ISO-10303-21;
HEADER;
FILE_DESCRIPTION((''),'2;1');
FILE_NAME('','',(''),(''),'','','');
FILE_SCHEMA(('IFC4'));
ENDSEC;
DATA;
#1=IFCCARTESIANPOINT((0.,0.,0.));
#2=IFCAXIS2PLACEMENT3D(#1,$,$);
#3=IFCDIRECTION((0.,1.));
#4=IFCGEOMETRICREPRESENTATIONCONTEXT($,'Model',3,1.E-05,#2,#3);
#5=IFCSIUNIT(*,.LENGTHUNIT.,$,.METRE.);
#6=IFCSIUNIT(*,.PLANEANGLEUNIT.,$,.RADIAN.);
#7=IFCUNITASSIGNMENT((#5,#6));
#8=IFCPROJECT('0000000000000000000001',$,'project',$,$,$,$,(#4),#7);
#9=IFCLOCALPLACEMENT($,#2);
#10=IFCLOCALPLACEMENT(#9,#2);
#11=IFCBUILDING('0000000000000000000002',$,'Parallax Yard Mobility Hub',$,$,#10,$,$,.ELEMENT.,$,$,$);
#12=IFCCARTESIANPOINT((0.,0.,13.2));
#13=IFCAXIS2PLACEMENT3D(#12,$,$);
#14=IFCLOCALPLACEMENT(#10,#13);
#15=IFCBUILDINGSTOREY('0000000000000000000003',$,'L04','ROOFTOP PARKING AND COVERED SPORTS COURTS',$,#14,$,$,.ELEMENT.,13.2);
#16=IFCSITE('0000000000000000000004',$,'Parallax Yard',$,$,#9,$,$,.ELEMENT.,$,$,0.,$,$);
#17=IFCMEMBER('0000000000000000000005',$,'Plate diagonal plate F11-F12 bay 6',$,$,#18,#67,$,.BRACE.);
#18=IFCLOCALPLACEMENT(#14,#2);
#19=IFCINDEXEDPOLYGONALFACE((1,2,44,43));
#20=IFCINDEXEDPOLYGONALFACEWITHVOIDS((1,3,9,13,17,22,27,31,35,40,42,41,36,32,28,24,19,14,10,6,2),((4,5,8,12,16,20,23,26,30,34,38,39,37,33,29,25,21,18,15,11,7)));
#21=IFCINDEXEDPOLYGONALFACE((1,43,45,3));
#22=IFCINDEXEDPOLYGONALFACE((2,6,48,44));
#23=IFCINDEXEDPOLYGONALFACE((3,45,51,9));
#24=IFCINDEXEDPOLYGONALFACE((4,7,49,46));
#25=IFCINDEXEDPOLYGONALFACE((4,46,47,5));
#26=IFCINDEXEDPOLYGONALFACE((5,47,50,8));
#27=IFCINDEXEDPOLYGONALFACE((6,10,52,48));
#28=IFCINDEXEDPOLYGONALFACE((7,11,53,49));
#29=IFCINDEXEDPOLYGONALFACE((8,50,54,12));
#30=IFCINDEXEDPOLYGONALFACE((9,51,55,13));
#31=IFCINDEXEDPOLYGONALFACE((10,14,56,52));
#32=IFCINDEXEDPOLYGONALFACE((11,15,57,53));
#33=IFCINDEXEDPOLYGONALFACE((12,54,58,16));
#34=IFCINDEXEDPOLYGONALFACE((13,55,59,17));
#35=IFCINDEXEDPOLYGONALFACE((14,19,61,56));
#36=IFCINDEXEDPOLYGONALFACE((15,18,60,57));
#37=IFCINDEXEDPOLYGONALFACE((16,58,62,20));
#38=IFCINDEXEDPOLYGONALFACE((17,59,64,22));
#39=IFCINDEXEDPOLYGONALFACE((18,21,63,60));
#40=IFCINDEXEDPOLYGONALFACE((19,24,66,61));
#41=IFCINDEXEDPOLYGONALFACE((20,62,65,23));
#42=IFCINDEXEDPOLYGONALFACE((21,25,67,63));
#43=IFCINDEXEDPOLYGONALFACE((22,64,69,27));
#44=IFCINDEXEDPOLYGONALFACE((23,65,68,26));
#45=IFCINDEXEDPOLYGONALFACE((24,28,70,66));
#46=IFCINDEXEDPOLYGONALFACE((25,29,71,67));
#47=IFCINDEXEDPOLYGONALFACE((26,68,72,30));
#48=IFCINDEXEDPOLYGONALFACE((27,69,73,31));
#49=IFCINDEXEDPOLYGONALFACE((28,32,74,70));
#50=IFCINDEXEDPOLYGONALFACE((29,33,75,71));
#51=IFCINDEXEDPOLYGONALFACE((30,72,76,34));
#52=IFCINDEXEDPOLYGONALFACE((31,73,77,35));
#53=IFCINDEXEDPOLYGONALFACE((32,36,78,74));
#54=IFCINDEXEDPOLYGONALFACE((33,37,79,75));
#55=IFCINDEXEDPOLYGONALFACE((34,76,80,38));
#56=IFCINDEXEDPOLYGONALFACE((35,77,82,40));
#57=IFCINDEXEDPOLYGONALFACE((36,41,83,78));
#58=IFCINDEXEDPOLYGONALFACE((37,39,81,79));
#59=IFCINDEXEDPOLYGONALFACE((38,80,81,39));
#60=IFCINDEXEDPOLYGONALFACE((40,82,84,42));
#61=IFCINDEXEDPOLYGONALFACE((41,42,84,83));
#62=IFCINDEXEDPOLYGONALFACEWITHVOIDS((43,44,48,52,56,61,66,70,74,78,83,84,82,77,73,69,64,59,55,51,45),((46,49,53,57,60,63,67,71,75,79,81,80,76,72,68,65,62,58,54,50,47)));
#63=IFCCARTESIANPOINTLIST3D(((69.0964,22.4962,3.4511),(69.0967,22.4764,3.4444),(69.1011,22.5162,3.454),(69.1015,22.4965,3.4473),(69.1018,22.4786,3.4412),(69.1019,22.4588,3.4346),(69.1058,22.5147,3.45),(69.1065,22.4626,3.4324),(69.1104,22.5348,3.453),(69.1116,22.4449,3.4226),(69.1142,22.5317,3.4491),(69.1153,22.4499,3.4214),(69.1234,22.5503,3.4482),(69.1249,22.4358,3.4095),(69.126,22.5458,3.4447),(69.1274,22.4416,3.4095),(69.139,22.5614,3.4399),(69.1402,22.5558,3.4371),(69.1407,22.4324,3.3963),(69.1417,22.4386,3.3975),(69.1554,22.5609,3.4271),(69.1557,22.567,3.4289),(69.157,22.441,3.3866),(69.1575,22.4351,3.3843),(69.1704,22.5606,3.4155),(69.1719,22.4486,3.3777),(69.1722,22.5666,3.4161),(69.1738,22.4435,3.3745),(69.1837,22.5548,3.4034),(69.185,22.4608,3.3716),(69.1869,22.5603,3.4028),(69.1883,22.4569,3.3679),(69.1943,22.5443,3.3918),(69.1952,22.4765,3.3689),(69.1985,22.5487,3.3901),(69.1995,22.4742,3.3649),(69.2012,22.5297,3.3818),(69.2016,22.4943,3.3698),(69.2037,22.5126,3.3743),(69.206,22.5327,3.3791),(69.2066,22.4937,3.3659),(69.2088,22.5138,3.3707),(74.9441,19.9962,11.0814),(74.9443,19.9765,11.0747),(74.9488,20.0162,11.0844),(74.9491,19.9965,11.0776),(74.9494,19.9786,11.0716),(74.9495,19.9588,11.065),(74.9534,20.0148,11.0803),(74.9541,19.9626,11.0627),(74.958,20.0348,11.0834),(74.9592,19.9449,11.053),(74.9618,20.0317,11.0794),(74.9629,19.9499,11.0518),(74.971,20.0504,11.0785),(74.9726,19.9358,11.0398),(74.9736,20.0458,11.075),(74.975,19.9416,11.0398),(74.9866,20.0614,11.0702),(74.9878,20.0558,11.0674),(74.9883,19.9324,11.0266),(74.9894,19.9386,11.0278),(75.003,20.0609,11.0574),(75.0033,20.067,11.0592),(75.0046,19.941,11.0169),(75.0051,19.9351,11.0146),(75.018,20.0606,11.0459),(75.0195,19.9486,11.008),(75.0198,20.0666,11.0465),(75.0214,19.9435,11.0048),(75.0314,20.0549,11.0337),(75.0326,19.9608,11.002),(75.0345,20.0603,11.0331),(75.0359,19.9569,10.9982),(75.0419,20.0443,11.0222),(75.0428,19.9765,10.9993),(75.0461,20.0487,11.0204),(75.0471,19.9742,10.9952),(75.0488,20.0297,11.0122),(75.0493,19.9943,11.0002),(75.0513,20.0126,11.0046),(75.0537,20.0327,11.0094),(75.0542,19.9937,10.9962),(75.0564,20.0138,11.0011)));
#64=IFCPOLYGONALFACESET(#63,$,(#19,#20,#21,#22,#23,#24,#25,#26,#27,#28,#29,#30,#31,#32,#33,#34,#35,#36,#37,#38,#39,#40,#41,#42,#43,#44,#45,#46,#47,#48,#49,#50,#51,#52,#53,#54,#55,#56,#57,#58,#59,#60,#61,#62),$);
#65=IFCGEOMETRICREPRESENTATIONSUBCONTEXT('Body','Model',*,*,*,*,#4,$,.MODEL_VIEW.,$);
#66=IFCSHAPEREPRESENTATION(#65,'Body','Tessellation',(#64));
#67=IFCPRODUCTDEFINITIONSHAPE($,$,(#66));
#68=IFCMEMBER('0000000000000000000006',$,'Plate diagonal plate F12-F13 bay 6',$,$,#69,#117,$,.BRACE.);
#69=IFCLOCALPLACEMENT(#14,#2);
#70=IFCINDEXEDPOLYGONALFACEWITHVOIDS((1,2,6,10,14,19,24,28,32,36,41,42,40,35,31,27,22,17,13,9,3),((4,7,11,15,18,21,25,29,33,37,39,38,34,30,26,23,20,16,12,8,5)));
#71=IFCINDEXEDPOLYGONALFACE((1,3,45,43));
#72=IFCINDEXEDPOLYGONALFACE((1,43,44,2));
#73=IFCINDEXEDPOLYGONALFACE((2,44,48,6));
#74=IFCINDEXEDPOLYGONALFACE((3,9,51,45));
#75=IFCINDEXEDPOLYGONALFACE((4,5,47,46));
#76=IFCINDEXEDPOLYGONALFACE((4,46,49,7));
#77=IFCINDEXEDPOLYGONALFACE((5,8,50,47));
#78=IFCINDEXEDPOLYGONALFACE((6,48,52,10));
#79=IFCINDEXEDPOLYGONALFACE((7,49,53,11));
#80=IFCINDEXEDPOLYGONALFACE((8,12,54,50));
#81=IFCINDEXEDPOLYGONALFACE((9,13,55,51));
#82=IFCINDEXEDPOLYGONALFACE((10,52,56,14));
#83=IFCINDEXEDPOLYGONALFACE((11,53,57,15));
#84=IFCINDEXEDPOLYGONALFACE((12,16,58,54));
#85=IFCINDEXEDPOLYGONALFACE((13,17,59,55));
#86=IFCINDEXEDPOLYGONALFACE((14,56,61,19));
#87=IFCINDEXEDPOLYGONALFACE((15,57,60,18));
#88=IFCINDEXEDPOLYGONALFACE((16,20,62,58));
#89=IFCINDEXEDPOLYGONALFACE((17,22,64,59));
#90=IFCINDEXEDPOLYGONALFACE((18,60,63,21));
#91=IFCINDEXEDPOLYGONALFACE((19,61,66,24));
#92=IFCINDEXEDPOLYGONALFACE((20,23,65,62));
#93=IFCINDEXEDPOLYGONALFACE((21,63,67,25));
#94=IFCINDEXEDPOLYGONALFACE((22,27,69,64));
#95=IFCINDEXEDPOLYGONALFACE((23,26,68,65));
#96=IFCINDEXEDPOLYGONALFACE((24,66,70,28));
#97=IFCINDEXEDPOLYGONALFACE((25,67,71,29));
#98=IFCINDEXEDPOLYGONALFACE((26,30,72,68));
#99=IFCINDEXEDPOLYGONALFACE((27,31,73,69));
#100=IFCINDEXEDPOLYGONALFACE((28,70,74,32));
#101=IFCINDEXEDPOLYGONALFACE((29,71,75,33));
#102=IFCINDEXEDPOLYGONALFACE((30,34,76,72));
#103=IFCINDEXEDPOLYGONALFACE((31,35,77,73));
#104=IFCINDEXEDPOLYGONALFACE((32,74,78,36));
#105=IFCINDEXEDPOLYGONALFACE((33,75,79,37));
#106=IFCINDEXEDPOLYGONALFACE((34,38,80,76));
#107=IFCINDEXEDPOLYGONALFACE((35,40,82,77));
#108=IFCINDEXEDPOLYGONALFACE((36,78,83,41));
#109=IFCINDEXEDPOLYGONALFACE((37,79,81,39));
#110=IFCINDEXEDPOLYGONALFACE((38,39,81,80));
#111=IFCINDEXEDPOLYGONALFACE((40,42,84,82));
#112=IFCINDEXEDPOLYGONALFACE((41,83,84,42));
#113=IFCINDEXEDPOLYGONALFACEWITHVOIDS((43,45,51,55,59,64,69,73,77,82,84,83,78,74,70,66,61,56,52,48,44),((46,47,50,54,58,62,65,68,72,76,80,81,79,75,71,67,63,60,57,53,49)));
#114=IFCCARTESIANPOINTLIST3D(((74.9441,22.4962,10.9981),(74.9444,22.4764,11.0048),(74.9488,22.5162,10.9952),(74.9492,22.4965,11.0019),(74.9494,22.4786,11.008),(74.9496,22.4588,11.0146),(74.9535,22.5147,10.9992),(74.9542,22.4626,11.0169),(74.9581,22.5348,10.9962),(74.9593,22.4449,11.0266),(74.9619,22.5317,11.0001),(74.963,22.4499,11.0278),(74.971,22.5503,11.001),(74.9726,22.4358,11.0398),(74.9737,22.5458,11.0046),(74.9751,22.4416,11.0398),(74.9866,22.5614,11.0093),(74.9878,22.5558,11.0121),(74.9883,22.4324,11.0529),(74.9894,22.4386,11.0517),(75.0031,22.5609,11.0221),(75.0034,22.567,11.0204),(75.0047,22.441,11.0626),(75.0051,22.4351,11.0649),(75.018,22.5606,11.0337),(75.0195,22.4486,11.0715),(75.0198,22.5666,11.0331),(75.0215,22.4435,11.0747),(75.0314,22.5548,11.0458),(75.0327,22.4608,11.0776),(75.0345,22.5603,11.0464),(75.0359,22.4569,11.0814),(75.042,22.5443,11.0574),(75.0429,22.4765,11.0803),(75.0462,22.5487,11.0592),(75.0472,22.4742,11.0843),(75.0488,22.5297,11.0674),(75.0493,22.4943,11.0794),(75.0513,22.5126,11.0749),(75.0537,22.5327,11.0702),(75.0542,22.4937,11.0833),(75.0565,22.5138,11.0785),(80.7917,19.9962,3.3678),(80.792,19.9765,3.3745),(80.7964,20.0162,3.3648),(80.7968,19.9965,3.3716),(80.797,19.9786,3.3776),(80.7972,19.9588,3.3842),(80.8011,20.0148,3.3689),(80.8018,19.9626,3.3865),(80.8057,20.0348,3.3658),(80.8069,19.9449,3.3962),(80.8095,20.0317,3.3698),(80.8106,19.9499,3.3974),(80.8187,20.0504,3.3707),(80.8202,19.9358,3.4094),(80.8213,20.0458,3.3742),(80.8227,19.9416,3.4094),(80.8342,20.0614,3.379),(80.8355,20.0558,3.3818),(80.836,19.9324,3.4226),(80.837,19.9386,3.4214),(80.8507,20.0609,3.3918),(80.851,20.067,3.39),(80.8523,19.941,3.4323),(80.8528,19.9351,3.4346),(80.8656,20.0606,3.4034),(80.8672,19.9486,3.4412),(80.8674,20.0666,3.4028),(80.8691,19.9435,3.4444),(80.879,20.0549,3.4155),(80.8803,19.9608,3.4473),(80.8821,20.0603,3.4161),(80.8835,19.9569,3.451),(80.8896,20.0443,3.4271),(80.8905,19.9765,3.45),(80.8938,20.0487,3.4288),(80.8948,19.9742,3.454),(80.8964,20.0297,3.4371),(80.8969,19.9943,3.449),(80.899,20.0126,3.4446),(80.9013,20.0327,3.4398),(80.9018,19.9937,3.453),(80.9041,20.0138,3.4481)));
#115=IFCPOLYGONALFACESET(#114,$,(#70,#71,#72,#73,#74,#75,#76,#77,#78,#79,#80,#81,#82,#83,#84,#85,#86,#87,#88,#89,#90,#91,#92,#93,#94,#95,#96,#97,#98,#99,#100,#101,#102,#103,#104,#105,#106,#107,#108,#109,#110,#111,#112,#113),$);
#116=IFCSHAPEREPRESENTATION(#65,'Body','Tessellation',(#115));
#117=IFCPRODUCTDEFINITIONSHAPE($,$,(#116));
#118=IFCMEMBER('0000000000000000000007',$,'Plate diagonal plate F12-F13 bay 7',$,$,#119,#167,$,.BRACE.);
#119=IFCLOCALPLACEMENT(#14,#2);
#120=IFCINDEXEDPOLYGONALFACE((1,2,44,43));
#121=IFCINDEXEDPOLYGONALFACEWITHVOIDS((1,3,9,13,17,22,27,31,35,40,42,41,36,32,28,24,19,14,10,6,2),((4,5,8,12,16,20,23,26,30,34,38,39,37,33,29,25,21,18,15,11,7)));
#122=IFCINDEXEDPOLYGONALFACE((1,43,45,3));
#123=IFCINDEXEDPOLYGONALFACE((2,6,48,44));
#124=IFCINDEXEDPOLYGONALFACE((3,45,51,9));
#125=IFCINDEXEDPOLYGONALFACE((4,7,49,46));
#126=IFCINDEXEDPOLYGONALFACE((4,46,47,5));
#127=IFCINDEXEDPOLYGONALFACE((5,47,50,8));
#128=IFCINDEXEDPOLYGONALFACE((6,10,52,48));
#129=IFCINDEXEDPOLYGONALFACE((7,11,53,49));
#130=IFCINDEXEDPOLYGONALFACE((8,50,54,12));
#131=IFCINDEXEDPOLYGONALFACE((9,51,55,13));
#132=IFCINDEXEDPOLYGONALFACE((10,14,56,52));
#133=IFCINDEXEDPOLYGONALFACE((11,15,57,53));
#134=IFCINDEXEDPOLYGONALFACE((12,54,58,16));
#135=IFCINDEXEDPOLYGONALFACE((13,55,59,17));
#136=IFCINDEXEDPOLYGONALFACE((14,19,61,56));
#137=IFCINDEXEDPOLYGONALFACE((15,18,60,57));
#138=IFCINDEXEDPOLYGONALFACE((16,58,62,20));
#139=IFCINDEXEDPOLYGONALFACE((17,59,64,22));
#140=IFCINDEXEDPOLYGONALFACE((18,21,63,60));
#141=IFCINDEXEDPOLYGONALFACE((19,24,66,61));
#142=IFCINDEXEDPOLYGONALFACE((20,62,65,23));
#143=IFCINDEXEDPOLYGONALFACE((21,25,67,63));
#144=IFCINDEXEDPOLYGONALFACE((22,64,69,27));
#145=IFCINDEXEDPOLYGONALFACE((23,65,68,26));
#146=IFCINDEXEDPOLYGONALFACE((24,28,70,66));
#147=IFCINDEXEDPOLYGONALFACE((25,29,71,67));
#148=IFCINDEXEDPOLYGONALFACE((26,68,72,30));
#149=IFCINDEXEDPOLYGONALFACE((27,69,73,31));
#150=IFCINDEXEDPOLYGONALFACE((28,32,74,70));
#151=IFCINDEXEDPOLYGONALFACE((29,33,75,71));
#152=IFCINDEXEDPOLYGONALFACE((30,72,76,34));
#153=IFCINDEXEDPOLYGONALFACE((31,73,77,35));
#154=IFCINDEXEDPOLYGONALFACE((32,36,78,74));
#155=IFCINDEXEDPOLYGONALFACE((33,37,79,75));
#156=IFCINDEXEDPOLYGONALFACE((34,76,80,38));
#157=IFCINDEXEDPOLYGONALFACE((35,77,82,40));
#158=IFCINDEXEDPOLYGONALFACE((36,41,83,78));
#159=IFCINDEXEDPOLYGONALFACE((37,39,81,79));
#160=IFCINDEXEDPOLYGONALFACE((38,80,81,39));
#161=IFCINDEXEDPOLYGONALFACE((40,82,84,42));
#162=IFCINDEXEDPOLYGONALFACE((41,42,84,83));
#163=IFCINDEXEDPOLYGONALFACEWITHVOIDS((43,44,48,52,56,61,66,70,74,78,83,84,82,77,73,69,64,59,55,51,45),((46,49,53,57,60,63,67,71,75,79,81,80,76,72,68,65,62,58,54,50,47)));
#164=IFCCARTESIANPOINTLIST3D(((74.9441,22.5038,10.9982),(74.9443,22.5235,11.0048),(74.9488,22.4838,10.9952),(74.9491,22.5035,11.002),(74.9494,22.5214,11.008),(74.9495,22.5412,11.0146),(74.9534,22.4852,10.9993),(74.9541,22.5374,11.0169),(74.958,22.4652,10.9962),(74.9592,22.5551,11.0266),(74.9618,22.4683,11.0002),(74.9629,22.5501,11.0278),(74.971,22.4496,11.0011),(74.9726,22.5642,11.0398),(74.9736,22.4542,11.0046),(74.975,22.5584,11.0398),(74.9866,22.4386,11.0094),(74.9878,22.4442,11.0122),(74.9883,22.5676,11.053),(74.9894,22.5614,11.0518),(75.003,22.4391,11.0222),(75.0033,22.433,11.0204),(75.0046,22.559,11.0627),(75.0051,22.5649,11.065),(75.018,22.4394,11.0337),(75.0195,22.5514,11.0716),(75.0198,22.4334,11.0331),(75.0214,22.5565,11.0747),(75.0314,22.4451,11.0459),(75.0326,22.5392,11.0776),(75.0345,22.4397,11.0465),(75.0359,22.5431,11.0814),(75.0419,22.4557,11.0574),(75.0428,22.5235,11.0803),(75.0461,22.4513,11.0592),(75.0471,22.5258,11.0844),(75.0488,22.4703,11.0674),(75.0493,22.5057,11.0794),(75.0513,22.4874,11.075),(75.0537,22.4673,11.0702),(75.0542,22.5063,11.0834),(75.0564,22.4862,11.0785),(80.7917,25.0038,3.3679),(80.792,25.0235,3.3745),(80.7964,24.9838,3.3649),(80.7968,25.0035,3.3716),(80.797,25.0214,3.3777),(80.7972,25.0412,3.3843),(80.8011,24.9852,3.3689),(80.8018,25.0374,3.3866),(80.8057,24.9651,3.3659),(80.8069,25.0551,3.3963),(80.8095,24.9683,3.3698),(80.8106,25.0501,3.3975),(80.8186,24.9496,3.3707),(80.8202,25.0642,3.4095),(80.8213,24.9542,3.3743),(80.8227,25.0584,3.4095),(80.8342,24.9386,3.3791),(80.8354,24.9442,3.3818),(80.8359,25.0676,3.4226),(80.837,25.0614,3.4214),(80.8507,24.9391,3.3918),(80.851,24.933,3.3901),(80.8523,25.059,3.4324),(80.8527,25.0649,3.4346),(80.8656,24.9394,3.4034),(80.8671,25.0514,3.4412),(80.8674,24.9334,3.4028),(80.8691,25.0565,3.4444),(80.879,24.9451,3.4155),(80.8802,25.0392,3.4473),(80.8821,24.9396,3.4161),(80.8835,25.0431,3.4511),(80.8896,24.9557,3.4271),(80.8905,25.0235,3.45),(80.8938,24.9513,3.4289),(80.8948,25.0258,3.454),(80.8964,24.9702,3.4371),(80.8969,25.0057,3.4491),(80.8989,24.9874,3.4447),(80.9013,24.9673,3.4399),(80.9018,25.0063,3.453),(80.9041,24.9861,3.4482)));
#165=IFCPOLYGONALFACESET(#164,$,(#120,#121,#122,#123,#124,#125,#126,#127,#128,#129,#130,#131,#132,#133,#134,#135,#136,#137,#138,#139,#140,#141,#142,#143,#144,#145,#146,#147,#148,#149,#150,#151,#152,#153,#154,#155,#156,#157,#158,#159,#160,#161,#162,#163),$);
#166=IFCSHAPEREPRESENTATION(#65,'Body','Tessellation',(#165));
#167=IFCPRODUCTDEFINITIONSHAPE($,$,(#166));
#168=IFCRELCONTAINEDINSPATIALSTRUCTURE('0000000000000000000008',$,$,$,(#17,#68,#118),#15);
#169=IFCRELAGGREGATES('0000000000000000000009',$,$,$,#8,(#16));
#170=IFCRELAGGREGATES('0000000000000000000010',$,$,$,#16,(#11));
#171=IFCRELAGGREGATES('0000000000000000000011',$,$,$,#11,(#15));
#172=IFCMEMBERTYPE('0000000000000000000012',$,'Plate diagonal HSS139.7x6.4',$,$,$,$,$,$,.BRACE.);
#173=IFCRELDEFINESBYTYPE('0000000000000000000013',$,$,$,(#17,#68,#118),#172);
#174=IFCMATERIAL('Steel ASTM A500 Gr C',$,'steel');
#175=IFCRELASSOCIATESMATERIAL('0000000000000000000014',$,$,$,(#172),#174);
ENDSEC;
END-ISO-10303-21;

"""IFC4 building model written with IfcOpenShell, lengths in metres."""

from ifc_helpers import new_model, si_unit, direction, frame, origin, origin_2d, place, context, subcontext, project, spatial, hollow_circle, extrude, material, material_profile, profile_set, type_object, element, save


model = new_model("IFC4")

# Units and contexts
model_context = context("Model", 3, precision=1e-05, world=origin(), true_north=direction((0.0, 1.0)))
body_context = subcontext(model_context, "Body", "Model", "MODEL_VIEW")
ifc_project = project(units=[si_unit("LENGTHUNIT", "METRE"), si_unit("PLANEANGLEUNIT", "RADIAN")], contexts=[model_context])

# Site, building, storey
site_placement = place(None, origin())
site = spatial("IfcSite", under=ifc_project, at=site_placement, Name="Parallax Yard", CompositionType="ELEMENT", RefElevation=0.0)
building_placement = place(site_placement, origin())
building = spatial("IfcBuilding", under=site, at=building_placement, Name="Parallax Yard Mobility Hub", CompositionType="ELEMENT")
storey_placement = place(building_placement, frame((0.0, 0.0, 13.2)))
storey = spatial("IfcBuildingStorey", under=building, at=storey_placement, Name="L04", Description="ROOFTOP PARKING AND COVERED SPORTS COURTS", CompositionType="ELEMENT", Elevation=13.2)

# Members
ifc_material_1 = material(Name="Steel ASTM A500 Gr C", Category="steel")
ifc_material_profile_1 = material_profile(ifc_material_1, hollow_circle(Radius=0.0698, WallThickness=0.0063, at=origin_2d()), Name="HSS139.7x6.4")
ifc_profile_set_1 = profile_set([ifc_material_profile_1], Name="Steel ASTM A500 Gr C")
member_type_1 = type_object("IfcMemberType", Name="Plate diagonal HSS139.7x6.4", PredefinedType="BRACE", material=ifc_profile_set_1)
for number, where, z_axis, x_axis, name in (
    (1, (75.0, 20.0, 11.0398), (-0.588701, 0.251682, -0.768172), (-0.393104, -0.919494, 0.0), "Plate diagonal plate F11-F12 bay 6"),
    (2, (80.8477, 20.0, 3.4094), (-0.588701, 0.251682, 0.768172), (-0.393104, -0.919494, 0.0), "Plate diagonal plate F12-F13 bay 6"),
    (3, (75.0, 22.5, 11.0398), (0.588701, 0.251682, -0.768172), (-0.393104, 0.919494, 0.0), "Plate diagonal plate F12-F13 bay 7"),
):
    element("IfcMember", number, at=place(storey_placement, frame(where, z_axis=z_axis, x_axis=x_axis)), inside=storey, type_object=member_type_1, Name=name, PredefinedType="BRACE", context=body_context, shape_type="SweptSolid", body=[
        extrude(hollow_circle(Radius=0.0698, WallThickness=0.0063, at=origin_2d()), origin(), (0.0, 0.0, 1.0), 9.9331),
    ])

save(model, "model.ifc")
